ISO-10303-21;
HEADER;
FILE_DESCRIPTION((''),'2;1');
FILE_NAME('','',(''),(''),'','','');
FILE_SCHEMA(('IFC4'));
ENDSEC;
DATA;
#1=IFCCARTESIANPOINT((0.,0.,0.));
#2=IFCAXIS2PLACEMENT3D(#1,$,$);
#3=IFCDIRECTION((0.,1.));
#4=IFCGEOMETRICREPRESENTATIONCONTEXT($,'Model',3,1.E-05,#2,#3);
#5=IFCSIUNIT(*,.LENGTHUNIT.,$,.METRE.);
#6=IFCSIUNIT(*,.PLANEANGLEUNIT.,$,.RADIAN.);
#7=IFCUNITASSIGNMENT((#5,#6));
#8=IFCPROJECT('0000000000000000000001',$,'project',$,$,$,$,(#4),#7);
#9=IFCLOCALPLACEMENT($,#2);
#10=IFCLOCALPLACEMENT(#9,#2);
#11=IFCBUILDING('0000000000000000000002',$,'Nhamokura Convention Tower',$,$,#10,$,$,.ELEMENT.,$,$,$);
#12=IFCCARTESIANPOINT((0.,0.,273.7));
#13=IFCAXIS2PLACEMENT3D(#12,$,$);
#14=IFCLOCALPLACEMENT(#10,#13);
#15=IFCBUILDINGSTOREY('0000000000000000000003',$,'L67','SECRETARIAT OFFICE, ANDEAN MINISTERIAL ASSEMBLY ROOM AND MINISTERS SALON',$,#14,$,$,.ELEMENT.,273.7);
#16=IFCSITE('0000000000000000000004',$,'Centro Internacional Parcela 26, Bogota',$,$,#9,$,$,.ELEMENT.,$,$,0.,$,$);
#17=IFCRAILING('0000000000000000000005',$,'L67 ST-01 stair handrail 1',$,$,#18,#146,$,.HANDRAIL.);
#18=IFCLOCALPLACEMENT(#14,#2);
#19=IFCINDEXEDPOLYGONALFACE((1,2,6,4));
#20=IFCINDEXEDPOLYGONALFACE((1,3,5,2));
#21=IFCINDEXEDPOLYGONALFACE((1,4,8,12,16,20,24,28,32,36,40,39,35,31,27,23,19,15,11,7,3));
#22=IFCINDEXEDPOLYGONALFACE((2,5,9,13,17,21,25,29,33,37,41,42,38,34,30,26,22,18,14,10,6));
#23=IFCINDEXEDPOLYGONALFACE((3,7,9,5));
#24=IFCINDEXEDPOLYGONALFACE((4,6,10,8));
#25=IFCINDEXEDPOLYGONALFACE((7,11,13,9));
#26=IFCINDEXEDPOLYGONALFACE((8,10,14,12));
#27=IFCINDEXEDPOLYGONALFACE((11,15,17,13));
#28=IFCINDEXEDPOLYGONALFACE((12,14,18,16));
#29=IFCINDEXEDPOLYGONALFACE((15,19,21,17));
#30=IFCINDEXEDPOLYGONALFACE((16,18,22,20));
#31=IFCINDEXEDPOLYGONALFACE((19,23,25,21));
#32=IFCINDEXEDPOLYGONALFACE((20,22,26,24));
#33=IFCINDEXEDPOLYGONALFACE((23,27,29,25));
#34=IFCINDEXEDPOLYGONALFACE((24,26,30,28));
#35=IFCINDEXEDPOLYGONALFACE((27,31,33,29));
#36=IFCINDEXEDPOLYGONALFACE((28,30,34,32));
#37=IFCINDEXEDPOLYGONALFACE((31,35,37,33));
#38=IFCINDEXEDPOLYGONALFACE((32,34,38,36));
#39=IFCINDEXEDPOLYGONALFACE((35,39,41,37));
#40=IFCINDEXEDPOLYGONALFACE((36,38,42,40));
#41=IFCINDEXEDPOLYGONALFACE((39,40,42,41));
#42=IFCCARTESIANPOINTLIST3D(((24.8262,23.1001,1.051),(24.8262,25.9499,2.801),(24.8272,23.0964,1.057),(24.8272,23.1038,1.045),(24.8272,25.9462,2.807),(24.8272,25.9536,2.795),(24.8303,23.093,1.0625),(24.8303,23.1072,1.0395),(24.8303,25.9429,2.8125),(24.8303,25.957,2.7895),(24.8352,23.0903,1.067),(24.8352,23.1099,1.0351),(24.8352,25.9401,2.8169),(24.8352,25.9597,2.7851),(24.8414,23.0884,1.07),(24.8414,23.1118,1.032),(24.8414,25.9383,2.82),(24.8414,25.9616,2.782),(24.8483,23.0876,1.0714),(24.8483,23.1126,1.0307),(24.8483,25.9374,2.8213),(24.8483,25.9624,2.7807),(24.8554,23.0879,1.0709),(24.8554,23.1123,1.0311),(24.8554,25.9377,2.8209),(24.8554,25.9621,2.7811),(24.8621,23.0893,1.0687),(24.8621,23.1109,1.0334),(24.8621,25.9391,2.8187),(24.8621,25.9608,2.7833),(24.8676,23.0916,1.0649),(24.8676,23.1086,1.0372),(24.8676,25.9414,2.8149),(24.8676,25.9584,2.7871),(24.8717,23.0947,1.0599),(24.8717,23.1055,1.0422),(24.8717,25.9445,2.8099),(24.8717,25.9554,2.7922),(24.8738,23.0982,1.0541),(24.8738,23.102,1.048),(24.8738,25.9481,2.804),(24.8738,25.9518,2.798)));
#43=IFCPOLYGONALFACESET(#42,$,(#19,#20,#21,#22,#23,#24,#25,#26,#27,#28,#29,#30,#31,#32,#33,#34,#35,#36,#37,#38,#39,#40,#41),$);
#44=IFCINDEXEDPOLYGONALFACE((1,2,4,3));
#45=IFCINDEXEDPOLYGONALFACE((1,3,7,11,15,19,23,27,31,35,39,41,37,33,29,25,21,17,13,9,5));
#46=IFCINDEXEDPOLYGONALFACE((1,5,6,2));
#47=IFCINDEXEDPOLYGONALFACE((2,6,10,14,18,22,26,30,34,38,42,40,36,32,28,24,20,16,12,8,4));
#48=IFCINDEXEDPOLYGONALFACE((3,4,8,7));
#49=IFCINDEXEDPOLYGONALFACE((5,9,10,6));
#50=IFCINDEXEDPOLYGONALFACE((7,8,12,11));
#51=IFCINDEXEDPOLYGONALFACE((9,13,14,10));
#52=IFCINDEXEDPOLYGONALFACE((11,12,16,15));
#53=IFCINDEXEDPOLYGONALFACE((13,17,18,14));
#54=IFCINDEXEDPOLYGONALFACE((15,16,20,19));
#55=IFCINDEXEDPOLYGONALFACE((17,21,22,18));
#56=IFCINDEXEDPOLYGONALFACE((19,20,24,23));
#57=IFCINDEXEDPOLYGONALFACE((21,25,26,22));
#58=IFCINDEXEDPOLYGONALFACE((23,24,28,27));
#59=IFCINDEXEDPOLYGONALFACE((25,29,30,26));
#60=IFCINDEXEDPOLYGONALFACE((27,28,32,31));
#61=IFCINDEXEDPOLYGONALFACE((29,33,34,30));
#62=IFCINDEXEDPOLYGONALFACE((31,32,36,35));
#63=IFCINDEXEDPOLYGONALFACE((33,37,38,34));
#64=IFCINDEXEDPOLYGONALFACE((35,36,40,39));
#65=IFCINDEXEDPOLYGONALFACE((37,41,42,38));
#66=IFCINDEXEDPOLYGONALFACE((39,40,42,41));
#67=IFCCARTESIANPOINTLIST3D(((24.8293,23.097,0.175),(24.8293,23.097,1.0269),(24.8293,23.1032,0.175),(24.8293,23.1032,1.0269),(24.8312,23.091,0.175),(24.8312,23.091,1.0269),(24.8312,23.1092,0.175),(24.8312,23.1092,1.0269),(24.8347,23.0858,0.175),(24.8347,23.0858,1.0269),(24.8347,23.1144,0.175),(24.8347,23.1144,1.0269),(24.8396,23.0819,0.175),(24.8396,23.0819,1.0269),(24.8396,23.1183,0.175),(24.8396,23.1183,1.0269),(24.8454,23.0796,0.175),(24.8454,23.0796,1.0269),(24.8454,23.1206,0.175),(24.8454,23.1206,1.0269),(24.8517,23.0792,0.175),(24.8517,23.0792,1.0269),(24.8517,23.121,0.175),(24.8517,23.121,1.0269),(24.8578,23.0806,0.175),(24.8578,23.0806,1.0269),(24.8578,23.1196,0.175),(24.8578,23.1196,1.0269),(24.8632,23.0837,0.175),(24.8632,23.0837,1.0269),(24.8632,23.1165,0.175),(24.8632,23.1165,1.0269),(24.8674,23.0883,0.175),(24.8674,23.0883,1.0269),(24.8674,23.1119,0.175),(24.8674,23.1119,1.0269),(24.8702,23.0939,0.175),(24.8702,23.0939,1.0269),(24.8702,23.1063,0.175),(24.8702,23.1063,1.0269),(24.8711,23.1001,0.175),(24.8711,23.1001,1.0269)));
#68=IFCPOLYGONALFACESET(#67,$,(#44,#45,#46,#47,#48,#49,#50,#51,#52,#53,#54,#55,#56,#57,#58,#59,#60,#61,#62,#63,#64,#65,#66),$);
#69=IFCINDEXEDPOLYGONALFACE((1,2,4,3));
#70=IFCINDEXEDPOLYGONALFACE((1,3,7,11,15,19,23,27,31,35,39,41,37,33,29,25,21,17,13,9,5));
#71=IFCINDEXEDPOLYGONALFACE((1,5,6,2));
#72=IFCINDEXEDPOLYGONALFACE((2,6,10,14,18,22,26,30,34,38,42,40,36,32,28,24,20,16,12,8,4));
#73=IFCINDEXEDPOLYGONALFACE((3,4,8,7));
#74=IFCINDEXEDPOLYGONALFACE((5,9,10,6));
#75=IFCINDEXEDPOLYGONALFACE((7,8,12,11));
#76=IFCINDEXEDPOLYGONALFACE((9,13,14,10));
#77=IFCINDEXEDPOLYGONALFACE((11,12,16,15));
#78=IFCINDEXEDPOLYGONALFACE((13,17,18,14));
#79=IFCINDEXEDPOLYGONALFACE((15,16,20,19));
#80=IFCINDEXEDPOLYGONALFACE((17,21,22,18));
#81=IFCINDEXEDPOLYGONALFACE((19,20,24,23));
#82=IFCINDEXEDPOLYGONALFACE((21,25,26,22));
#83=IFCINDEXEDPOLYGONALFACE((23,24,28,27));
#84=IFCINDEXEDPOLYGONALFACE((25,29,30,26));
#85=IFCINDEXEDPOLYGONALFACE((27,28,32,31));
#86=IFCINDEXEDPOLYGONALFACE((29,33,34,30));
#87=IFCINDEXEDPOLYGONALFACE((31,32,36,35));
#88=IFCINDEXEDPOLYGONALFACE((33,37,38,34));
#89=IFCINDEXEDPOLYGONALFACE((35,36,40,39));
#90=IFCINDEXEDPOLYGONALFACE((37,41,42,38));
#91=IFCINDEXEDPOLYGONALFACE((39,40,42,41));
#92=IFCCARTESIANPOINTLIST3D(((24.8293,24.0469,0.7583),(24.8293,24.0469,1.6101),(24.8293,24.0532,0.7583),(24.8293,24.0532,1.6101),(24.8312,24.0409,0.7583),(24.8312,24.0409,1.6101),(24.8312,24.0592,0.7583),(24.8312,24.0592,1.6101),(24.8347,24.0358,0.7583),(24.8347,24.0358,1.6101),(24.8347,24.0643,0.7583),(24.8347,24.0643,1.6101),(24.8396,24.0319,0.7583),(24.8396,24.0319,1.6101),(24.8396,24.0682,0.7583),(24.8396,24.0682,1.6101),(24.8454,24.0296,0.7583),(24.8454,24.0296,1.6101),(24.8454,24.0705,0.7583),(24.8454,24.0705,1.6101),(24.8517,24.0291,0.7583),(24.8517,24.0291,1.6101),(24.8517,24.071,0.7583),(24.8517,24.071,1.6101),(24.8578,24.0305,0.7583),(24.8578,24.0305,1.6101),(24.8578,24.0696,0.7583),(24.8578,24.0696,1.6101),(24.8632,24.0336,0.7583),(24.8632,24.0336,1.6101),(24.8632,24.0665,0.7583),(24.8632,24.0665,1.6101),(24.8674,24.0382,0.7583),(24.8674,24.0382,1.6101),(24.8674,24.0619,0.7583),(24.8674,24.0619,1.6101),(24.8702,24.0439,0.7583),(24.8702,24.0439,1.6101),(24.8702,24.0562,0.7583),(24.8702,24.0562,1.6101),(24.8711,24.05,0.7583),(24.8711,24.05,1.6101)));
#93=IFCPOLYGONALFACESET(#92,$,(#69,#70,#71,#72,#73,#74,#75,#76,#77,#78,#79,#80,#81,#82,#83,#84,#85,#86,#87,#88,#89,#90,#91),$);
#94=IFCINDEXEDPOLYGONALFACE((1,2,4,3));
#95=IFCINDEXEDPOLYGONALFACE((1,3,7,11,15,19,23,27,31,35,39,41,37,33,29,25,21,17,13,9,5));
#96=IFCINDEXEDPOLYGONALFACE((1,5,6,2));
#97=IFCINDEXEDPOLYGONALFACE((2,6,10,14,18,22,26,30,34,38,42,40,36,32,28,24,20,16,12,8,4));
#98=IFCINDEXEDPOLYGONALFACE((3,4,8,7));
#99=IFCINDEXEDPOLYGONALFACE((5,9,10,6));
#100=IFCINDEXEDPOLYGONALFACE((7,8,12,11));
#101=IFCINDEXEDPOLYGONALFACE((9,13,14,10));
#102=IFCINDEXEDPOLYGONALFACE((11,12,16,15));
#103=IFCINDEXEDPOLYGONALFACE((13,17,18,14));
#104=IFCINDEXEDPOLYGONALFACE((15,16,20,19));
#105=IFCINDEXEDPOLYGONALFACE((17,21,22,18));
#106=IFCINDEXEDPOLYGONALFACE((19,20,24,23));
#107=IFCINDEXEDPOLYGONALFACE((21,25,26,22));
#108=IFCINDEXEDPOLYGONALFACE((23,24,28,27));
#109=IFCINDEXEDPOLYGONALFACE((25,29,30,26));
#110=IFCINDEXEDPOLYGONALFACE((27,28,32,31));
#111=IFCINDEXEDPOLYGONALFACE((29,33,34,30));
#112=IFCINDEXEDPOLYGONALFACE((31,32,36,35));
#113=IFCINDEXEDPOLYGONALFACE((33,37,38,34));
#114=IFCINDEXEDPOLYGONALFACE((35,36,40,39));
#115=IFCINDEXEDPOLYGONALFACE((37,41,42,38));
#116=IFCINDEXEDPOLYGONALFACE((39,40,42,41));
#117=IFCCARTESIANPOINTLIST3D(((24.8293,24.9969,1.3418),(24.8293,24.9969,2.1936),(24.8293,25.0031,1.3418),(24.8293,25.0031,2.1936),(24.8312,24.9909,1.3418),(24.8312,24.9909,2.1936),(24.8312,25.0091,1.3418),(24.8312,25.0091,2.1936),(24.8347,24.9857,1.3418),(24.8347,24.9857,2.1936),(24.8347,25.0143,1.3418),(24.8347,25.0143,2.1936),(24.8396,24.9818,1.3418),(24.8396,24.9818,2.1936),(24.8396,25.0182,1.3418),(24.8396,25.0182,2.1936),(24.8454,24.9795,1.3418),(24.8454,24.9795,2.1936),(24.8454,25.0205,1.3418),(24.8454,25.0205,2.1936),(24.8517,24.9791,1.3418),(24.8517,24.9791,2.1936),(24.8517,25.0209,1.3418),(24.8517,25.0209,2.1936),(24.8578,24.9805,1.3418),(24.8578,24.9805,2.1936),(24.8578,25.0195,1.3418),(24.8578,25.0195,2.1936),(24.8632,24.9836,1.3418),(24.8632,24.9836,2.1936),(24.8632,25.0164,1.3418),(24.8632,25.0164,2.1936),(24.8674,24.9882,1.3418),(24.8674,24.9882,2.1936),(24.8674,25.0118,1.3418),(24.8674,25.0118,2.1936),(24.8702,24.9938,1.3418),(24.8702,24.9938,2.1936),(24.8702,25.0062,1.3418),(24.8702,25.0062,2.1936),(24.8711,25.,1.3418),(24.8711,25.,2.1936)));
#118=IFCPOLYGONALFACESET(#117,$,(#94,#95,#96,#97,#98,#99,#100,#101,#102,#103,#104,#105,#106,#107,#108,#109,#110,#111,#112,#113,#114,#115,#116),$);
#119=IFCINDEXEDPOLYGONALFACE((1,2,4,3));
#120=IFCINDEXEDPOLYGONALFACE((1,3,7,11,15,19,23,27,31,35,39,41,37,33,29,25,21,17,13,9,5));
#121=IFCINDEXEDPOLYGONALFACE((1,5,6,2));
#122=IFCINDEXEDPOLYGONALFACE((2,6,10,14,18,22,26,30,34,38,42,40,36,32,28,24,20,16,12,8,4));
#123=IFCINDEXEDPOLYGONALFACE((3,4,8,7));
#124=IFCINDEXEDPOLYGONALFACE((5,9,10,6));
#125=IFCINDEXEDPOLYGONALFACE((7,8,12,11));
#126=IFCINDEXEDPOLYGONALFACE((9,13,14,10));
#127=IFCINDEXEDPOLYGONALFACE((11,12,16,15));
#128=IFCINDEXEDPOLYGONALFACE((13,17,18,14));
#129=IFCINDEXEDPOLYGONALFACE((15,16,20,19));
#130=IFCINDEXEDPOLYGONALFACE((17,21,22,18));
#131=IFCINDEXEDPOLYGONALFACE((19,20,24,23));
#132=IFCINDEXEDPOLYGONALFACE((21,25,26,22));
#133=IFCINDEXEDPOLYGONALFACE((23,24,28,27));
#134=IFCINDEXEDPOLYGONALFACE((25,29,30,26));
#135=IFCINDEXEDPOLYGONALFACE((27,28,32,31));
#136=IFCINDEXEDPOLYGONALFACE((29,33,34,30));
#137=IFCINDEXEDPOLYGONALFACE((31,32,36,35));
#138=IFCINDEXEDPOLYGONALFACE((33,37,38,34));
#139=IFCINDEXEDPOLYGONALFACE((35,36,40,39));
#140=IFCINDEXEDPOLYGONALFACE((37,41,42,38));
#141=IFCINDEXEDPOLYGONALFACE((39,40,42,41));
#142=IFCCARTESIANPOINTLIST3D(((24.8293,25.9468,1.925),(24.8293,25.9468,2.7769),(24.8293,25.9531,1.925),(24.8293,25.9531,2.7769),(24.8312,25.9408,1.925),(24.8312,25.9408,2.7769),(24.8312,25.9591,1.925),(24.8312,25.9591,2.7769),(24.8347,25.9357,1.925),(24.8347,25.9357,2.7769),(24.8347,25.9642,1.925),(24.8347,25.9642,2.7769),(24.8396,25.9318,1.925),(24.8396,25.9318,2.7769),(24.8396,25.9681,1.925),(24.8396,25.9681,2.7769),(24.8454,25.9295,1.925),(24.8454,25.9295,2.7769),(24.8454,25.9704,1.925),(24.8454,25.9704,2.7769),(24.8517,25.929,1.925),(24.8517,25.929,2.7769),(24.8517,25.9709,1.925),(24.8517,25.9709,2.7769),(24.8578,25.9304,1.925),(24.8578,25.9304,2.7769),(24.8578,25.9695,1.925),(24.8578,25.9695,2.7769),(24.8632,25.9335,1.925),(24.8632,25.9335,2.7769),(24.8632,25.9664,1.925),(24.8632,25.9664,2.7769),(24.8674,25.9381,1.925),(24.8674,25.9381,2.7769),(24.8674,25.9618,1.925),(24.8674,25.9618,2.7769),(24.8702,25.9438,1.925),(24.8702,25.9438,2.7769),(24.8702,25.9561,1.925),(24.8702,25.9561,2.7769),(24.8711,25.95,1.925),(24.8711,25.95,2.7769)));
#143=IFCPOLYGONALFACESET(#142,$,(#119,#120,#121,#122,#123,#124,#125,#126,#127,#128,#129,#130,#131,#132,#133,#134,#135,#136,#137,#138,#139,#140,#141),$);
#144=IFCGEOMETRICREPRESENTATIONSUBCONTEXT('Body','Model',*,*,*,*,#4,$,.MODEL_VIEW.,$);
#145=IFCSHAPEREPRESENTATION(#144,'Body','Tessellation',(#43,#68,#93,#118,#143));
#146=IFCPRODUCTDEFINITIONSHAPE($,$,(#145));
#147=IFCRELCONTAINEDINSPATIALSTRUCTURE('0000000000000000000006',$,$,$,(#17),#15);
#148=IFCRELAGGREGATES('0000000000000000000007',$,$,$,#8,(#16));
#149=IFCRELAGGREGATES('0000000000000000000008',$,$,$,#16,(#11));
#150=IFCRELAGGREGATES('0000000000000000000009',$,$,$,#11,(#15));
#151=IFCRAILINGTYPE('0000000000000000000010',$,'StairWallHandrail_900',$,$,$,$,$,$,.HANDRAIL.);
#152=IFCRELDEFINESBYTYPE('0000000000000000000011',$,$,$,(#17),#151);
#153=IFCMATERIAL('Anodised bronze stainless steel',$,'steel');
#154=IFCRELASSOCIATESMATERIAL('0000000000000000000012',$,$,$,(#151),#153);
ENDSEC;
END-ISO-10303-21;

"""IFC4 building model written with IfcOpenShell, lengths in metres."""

from ifc_helpers import new_model, si_unit, direction, frame, origin, origin_2d, place, context, subcontext, project, spatial, circle, extrude, material, type_object, element, save


model = new_model("IFC4")

# Units and contexts
model_context = context("Model", 3, precision=1e-05, world=origin(), true_north=direction((0.0, 1.0)))
body_context = subcontext(model_context, "Body", "Model", "MODEL_VIEW")
ifc_project = project(units=[si_unit("LENGTHUNIT", "METRE"), si_unit("PLANEANGLEUNIT", "RADIAN")], contexts=[model_context])

# Site, building, storey
site_placement = place(None, origin())
site = spatial("IfcSite", under=ifc_project, at=site_placement, Name="Centro Internacional Parcela 26, Bogota", CompositionType="ELEMENT", RefElevation=0.0)
building_placement = place(site_placement, origin())
building = spatial("IfcBuilding", under=site, at=building_placement, Name="Nhamokura Convention Tower", CompositionType="ELEMENT")
storey_placement = place(building_placement, frame((0.0, 0.0, 273.7)))
storey = spatial("IfcBuildingStorey", under=building, at=storey_placement, Name="L67", Description="SECRETARIAT OFFICE, ANDEAN MINISTERIAL ASSEMBLY ROOM AND MINISTERS SALON", CompositionType="ELEMENT", Elevation=273.7)

# Railing
ifc_material_1 = material(Name="Anodised bronze stainless steel", Category="steel")
railing_type_1 = type_object("IfcRailingType", Name="StairWallHandrail_900", PredefinedType="HANDRAIL", material=ifc_material_1)
railing_1_placement = place(storey_placement, frame((24.8501, 23.1001, 0.175)))
element("IfcRailing", 1, at=railing_1_placement, inside=storey, type_object=railing_type_1, Name="L67 ST-01 stair handrail 1", PredefinedType="HANDRAIL", context=body_context, shape_type="SweptSolid", body=[
    extrude(circle(Radius=0.0239, at=origin_2d()), frame((0.0, 0.0, 0.876), z_axis=(0.0, 0.852159, 0.523283), x_axis=(-1.0, 0.0, 0.0)), (0.0, 0.0, 1.0), 3.3442),
    extrude(circle(Radius=0.021, at=origin_2d()), origin(), (0.0, 0.0, 1.0), 0.8518),
    extrude(circle(Radius=0.021, at=origin_2d()), frame((0.0, 0.95, 0.5833)), (0.0, 0.0, 1.0), 0.8518),
    extrude(circle(Radius=0.021, at=origin_2d()), frame((0.0, 1.8999, 1.1667)), (0.0, 0.0, 1.0), 0.8518),
    extrude(circle(Radius=0.021, at=origin_2d()), frame((0.0, 2.8499, 1.75)), (0.0, 0.0, 1.0), 0.8518),
])

save(model, "model.ifc")
